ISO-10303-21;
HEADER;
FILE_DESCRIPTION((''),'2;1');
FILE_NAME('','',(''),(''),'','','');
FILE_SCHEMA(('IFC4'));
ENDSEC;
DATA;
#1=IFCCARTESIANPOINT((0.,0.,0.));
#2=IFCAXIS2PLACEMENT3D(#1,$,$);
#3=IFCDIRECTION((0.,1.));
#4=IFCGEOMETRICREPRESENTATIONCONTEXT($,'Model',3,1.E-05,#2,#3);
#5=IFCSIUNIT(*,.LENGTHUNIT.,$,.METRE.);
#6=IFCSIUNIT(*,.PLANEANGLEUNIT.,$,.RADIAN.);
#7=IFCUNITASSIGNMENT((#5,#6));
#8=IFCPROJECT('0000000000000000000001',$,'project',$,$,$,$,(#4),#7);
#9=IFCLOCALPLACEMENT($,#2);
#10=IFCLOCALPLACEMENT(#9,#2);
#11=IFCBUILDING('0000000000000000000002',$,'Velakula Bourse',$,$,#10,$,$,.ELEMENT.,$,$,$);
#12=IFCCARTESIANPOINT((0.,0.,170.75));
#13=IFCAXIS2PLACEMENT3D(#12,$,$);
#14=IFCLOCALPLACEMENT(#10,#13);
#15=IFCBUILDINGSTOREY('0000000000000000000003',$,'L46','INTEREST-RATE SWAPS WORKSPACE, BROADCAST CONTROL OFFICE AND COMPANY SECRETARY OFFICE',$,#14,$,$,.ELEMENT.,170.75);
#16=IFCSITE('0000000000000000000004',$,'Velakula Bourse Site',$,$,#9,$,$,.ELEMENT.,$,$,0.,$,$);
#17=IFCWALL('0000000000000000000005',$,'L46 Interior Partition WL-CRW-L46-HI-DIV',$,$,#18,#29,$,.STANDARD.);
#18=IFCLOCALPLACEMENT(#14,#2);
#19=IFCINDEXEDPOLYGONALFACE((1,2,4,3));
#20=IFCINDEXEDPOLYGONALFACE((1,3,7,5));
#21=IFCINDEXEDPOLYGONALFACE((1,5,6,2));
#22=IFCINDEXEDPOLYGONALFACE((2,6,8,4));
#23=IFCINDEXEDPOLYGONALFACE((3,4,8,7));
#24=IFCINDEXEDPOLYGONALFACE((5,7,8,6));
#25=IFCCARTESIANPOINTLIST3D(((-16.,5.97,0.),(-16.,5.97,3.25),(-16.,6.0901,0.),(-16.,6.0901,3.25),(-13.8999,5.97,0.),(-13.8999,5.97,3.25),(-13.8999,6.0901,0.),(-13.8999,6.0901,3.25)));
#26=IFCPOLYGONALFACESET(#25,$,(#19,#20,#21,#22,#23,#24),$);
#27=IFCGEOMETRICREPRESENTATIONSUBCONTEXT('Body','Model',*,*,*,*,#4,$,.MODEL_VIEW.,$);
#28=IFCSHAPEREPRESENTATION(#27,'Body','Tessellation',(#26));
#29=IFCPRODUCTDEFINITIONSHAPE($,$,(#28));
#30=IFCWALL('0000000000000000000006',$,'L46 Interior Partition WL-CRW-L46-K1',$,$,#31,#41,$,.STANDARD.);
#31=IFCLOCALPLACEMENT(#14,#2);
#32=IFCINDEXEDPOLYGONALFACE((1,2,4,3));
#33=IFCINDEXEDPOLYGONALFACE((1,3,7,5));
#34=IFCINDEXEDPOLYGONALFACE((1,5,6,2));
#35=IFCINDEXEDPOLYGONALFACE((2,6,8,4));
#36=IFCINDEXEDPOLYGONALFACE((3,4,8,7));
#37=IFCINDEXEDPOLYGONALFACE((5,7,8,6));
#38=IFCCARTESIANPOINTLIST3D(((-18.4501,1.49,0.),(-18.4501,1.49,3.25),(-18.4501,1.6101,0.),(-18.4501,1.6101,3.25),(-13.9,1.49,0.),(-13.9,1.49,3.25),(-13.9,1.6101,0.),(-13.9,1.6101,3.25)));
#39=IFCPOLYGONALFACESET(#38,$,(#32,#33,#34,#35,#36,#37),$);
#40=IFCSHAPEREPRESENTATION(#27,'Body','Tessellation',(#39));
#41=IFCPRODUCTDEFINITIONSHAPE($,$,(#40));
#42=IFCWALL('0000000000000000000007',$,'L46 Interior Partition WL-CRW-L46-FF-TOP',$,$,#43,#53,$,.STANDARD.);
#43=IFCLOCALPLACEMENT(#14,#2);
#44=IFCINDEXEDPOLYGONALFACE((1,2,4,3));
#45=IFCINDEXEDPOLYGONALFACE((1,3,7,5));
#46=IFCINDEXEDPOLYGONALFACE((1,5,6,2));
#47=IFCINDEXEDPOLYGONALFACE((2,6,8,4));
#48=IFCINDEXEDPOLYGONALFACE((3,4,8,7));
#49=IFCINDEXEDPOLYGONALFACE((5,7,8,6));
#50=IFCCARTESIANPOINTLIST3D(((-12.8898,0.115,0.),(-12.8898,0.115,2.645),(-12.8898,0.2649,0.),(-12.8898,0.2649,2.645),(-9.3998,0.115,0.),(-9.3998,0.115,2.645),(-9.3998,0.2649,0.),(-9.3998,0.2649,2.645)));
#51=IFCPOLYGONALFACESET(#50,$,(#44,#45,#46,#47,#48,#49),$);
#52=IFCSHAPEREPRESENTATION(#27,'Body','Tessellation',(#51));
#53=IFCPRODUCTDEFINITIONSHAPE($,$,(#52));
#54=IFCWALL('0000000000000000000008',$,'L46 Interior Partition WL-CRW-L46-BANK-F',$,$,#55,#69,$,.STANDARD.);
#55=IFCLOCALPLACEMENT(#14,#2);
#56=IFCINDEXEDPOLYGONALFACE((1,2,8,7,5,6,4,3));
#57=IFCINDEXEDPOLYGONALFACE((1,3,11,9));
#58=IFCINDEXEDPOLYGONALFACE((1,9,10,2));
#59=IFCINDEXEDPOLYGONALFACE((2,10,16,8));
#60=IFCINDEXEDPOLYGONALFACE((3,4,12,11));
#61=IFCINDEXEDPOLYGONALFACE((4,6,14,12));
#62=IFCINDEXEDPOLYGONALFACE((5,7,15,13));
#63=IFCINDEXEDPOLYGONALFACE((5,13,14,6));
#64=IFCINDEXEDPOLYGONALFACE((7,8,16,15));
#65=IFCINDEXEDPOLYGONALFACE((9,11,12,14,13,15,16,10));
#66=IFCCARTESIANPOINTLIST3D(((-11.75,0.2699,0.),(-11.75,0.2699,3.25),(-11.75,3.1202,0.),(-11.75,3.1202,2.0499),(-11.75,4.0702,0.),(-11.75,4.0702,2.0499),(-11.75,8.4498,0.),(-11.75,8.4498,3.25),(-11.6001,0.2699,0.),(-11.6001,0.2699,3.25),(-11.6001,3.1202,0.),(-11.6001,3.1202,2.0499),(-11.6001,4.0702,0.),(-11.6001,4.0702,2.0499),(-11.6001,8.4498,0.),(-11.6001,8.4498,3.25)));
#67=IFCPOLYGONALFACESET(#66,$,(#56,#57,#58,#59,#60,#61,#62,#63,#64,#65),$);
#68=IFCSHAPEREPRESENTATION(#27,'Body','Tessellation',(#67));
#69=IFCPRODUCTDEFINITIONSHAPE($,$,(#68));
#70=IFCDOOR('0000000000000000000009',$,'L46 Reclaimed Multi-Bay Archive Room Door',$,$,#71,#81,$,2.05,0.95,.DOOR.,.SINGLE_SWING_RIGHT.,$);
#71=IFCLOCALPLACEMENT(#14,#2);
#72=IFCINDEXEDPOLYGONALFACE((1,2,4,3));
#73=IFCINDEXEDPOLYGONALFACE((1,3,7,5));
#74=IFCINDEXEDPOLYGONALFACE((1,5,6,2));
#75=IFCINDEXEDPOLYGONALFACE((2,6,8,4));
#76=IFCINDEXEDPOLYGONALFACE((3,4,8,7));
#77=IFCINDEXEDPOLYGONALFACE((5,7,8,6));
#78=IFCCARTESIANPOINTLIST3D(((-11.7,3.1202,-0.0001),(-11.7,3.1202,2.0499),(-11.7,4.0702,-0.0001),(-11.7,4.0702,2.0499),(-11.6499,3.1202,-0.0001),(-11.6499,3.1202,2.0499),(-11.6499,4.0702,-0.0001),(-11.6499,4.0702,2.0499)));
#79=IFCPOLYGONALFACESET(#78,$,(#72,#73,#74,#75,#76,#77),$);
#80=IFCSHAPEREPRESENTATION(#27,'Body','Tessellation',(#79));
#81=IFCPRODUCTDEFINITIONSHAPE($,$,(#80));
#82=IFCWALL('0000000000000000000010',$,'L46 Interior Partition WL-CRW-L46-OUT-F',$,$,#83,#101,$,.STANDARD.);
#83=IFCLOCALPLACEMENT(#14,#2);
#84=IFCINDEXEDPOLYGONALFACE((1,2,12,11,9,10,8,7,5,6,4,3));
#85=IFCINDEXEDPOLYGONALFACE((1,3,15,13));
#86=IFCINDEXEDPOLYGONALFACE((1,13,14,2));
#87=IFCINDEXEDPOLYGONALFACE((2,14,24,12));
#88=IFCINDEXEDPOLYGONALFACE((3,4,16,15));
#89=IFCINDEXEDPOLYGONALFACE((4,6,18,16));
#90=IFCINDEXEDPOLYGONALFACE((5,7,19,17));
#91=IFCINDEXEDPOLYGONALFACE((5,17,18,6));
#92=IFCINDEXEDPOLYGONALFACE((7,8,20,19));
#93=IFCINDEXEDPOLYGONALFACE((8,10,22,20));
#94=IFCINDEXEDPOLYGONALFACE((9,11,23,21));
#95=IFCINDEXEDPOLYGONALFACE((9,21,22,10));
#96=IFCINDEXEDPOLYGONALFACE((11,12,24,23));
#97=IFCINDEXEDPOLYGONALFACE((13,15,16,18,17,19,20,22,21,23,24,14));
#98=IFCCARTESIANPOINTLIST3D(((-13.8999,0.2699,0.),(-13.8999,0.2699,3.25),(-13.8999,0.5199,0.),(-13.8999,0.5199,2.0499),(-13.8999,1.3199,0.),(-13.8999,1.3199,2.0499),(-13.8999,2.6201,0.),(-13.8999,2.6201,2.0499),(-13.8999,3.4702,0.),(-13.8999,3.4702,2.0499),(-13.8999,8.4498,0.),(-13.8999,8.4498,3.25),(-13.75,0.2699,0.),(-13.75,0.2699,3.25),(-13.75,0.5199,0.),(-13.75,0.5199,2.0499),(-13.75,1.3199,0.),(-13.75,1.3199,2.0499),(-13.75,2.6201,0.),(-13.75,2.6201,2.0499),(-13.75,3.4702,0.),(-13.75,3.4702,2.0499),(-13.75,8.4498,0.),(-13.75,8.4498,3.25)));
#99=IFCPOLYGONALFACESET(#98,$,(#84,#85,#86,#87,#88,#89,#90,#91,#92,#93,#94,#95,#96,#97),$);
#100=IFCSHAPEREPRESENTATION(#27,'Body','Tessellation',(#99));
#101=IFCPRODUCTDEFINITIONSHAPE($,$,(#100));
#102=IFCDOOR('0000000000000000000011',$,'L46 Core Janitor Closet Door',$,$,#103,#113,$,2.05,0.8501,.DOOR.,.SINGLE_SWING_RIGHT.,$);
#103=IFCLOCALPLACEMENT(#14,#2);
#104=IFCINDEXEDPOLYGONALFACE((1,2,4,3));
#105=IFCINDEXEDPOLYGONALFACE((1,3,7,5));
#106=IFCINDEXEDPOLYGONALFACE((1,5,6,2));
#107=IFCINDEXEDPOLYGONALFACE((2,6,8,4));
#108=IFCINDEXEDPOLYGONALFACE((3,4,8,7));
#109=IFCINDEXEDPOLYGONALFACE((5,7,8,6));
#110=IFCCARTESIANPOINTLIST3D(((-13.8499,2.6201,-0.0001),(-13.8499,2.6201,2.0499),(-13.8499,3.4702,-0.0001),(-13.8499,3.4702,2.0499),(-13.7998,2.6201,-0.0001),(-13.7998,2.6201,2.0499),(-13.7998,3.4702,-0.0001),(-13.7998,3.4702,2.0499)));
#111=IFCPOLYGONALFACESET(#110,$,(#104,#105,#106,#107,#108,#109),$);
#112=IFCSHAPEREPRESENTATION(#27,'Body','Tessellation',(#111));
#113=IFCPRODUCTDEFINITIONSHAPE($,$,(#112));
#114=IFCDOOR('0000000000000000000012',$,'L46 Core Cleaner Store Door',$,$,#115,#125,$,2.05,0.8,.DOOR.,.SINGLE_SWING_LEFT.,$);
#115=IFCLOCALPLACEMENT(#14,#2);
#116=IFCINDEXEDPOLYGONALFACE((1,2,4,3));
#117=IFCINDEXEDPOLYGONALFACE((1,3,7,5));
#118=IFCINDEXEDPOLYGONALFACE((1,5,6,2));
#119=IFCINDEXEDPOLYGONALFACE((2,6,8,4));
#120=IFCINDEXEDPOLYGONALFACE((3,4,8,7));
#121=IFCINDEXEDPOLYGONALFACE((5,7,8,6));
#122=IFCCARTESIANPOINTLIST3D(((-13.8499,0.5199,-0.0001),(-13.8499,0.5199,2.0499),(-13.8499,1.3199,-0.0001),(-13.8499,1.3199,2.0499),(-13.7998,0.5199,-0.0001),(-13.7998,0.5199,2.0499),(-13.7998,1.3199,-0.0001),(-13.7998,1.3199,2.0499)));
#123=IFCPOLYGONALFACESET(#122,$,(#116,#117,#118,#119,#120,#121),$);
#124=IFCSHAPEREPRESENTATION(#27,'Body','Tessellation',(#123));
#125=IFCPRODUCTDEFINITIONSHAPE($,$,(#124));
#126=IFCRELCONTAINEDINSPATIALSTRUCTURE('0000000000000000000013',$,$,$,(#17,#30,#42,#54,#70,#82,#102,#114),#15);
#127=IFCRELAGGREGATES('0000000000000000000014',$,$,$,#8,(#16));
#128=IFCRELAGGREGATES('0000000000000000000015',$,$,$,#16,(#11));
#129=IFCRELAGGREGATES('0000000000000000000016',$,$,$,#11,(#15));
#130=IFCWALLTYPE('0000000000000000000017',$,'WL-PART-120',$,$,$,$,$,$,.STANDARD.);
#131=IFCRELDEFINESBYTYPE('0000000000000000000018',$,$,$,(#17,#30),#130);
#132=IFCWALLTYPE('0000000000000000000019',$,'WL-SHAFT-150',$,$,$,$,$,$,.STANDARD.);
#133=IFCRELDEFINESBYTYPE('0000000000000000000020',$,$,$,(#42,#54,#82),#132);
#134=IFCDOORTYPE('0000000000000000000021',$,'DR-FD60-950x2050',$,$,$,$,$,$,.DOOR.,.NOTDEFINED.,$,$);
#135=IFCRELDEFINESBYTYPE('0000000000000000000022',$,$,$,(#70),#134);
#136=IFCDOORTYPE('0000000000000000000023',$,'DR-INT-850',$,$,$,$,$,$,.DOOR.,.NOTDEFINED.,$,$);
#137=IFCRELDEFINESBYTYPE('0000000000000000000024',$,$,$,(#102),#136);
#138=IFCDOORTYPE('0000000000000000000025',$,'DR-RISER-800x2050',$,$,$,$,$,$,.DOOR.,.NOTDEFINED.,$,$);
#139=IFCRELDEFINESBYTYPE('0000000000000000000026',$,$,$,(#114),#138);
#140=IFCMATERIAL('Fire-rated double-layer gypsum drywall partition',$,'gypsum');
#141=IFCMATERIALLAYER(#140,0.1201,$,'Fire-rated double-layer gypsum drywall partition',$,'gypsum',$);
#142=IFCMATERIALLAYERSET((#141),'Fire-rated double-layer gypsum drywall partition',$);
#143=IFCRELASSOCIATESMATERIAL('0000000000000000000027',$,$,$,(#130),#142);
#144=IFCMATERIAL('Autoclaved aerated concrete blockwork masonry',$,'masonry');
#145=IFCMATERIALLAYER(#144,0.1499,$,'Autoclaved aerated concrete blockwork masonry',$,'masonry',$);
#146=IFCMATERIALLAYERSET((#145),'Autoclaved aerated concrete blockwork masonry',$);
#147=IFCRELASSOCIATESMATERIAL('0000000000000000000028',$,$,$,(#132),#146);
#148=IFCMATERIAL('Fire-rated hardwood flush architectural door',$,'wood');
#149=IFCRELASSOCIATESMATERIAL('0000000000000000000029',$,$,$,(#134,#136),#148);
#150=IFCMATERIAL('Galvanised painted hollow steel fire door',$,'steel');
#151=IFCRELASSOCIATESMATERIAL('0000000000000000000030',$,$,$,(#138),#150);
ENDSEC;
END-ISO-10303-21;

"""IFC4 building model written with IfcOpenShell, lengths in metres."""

from ifc_helpers import new_model, si_unit, direction, frame, frame_2d, origin, place, context, subcontext, project, spatial, rectangle, extrude, material, layer, layer_set, type_object, element, fill, save


model = new_model("IFC4")

# Units and contexts
model_context = context("Model", 3, precision=1e-05, world=origin(), true_north=direction((0.0, 1.0)))
body_context = subcontext(model_context, "Body", "Model", "MODEL_VIEW")
ifc_project = project(units=[si_unit("LENGTHUNIT", "METRE"), si_unit("PLANEANGLEUNIT", "RADIAN")], contexts=[model_context])

# Site, building, storey
site_placement = place(None, origin())
site = spatial("IfcSite", under=ifc_project, at=site_placement, Name="Velakula Bourse Site", CompositionType="ELEMENT", RefElevation=0.0)
building_placement = place(site_placement, origin())
building = spatial("IfcBuilding", under=site, at=building_placement, Name="Velakula Bourse", CompositionType="ELEMENT")
storey_placement = place(building_placement, frame((0.0, 0.0, 170.75)))
storey = spatial("IfcBuildingStorey", under=building, at=storey_placement, Name="L46", Description="INTEREST-RATE SWAPS WORKSPACE, BROADCAST CONTROL OFFICE AND COMPANY SECRETARY OFFICE", CompositionType="ELEMENT", Elevation=170.75)

# Walls
ifc_material_1 = material(Name="Fire-rated double-layer gypsum drywall partition", Category="gypsum")
ifc_layer_1 = layer(ifc_material_1, 0.1201, Name="Fire-rated double-layer gypsum drywall partition", Category="gypsum")
ifc_layer_set_1 = layer_set([ifc_layer_1], Name="Fire-rated double-layer gypsum drywall partition")
wall_type_1 = type_object("IfcWallType", Name="WL-PART-120", PredefinedType="STANDARD", material=ifc_layer_set_1)
wall_1_placement = place(storey_placement, frame((-16.0, 6.03, 0.0), z_axis=(0.0, 0.0, 1.0), x_axis=(1.0, 0.0, 0.0)))
element("IfcWall", 1, at=wall_1_placement, inside=storey, type_object=wall_type_1, Name="L46 Interior Partition WL-CRW-L46-HI-DIV", PredefinedType="STANDARD", context=body_context, shape_type="SweptSolid", body=[
    extrude(rectangle(XDim=2.1001, YDim=0.1201, at=frame_2d((1.05, 0.0))), origin(), (0.0, 0.0, 1.0), 3.25),
])
wall_2_placement = place(storey_placement, frame((-18.45, 1.55, 0.0), z_axis=(0.0, 0.0, 1.0), x_axis=(1.0, 0.0, 0.0)))
element("IfcWall", 2, at=wall_2_placement, inside=storey, type_object=wall_type_1, Name="L46 Interior Partition WL-CRW-L46-K1", PredefinedType="STANDARD", context=body_context, shape_type="SweptSolid", body=[
    extrude(rectangle(XDim=4.55, YDim=0.1201, at=frame_2d((2.2749, 0.0))), origin(), (0.0, 0.0, 1.0), 3.25),
])
ifc_material_2 = material(Name="Autoclaved aerated concrete blockwork masonry", Category="masonry")
ifc_layer_2 = layer(ifc_material_2, 0.1499, Name="Autoclaved aerated concrete blockwork masonry", Category="masonry")
ifc_layer_set_2 = layer_set([ifc_layer_2], Name="Autoclaved aerated concrete blockwork masonry")
wall_type_2 = type_object("IfcWallType", Name="WL-SHAFT-150", PredefinedType="STANDARD", material=ifc_layer_set_2)
wall_3_placement = place(storey_placement, frame((-12.8899, 0.1899, 0.0), z_axis=(0.0, 0.0, 1.0), x_axis=(1.0, 0.0, 0.0)))
element("IfcWall", 3, at=wall_3_placement, inside=storey, type_object=wall_type_2, Name="L46 Interior Partition WL-CRW-L46-FF-TOP", PredefinedType="STANDARD", context=body_context, shape_type="SweptSolid", body=[
    extrude(rectangle(XDim=3.49, YDim=0.1499, at=frame_2d((1.7451, 0.0))), origin(), (0.0, 0.0, 1.0), 2.645),
])

# Wall, opening, door
wall_4_placement = place(storey_placement, frame((-11.675, 0.27, 0.0), z_axis=(0.0, 0.0, 1.0), x_axis=(0.0, 1.0, 0.0)))
wall_4 = element("IfcWall", 4, at=wall_4_placement, inside=storey, type_object=wall_type_2, Name="L46 Interior Partition WL-CRW-L46-BANK-F", PredefinedType="STANDARD", context=body_context, shape_type="SweptSolid", body=[
    extrude(rectangle(XDim=8.1799, YDim=0.1499, at=frame_2d((4.0898, 0.0))), origin(), (0.0, 0.0, 1.0), 3.25),
])
opening_1_placement = place(wall_4_placement, frame((2.8501, 0.0, 0.0)))
opening_1 = element("IfcOpeningElement", 5, at=opening_1_placement, cuts=wall_4, PredefinedType="OPENING", context=body_context, shape_type="SweptSolid", body=[
    extrude(rectangle(XDim=0.95, YDim=2.05, at=frame_2d((0.4751, 1.0249))), frame((0.0, 0.085, 0.0), z_axis=(0.0, -1.0, 0.0), x_axis=(1.0, 0.0, 0.0)), (0.0, 0.0, 1.0), 0.1699),
])
ifc_material_3 = material(Name="Fire-rated hardwood flush architectural door", Category="wood")
door_type_1 = type_object("IfcDoorType", Name="DR-FD60-950x2050", OperationType="NOTDEFINED", PredefinedType="DOOR", material=ifc_material_3)
door_1_placement = place(opening_1_placement, origin())
door_1 = element("IfcDoor", 6, at=door_1_placement, inside=storey, type_object=door_type_1, Name="L46 Reclaimed Multi-Bay Archive Room Door", OperationType="SINGLE_SWING_RIGHT", OverallHeight=2.05, OverallWidth=0.95, PredefinedType="DOOR", context=body_context, shape_type="SweptSolid", body=[
    extrude(rectangle(XDim=0.95, YDim=2.05, at=frame_2d((0.4751, 1.0249))), frame((0.0, 0.0249, 0.0), z_axis=(0.0, -1.0, 0.0), x_axis=(1.0, 0.0, 0.0)), (0.0, 0.0, 1.0), 0.05),
])
fill(opening_1, door_1)

# Wall, openings, doors
wall_5_placement = place(storey_placement, frame((-13.825, 0.27, 0.0), z_axis=(0.0, 0.0, 1.0), x_axis=(0.0, 1.0, 0.0)))
wall_5 = element("IfcWall", 7, at=wall_5_placement, inside=storey, type_object=wall_type_2, Name="L46 Interior Partition WL-CRW-L46-OUT-F", PredefinedType="STANDARD", context=body_context, shape_type="SweptSolid", body=[
    extrude(rectangle(XDim=8.1799, YDim=0.1499, at=frame_2d((4.0898, 0.0))), origin(), (0.0, 0.0, 1.0), 3.25),
])
opening_2_placement = place(wall_5_placement, frame((0.25, 0.0, 0.0)))
opening_2 = element("IfcOpeningElement", 8, at=opening_2_placement, cuts=wall_5, PredefinedType="OPENING", context=body_context, shape_type="SweptSolid", body=[
    extrude(rectangle(XDim=0.8, YDim=2.05, at=frame_2d((0.3999, 1.0249))), frame((0.0, 0.085, 0.0), z_axis=(0.0, -1.0, 0.0), x_axis=(1.0, 0.0, 0.0)), (0.0, 0.0, 1.0), 0.1699),
])
opening_3_placement = place(wall_5_placement, frame((2.3501, 0.0, 0.0)))
opening_3 = element("IfcOpeningElement", 9, at=opening_3_placement, cuts=wall_5, PredefinedType="OPENING", context=body_context, shape_type="SweptSolid", body=[
    extrude(rectangle(XDim=0.8501, YDim=2.05, at=frame_2d((0.425, 1.0249))), frame((0.0, 0.085, 0.0), z_axis=(0.0, -1.0, 0.0), x_axis=(1.0, 0.0, 0.0)), (0.0, 0.0, 1.0), 0.1699),
])
door_type_2 = type_object("IfcDoorType", Name="DR-INT-850", OperationType="NOTDEFINED", PredefinedType="DOOR", material=ifc_material_3)
door_2_placement = place(opening_3_placement, origin())
door_2 = element("IfcDoor", 10, at=door_2_placement, inside=storey, type_object=door_type_2, Name="L46 Core Janitor Closet Door", OperationType="SINGLE_SWING_RIGHT", OverallHeight=2.05, OverallWidth=0.8501, PredefinedType="DOOR", context=body_context, shape_type="SweptSolid", body=[
    extrude(rectangle(XDim=0.8501, YDim=2.05, at=frame_2d((0.425, 1.0249))), frame((0.0, 0.0249, 0.0), z_axis=(0.0, -1.0, 0.0), x_axis=(1.0, 0.0, 0.0)), (0.0, 0.0, 1.0), 0.05),
])
fill(opening_3, door_2)
ifc_material_4 = material(Name="Galvanised painted hollow steel fire door", Category="steel")
door_type_3 = type_object("IfcDoorType", Name="DR-RISER-800x2050", OperationType="NOTDEFINED", PredefinedType="DOOR", material=ifc_material_4)
door_3_placement = place(opening_2_placement, origin())
door_3 = element("IfcDoor", 11, at=door_3_placement, inside=storey, type_object=door_type_3, Name="L46 Core Cleaner Store Door", OperationType="SINGLE_SWING_LEFT", OverallHeight=2.05, OverallWidth=0.8, PredefinedType="DOOR", context=body_context, shape_type="SweptSolid", body=[
    extrude(rectangle(XDim=0.8, YDim=2.05, at=frame_2d((0.3999, 1.0249))), frame((0.0, 0.0249, 0.0), z_axis=(0.0, -1.0, 0.0), x_axis=(1.0, 0.0, 0.0)), (0.0, 0.0, 1.0), 0.05),
])
fill(opening_2, door_3)

save(model, "model.ifc")
